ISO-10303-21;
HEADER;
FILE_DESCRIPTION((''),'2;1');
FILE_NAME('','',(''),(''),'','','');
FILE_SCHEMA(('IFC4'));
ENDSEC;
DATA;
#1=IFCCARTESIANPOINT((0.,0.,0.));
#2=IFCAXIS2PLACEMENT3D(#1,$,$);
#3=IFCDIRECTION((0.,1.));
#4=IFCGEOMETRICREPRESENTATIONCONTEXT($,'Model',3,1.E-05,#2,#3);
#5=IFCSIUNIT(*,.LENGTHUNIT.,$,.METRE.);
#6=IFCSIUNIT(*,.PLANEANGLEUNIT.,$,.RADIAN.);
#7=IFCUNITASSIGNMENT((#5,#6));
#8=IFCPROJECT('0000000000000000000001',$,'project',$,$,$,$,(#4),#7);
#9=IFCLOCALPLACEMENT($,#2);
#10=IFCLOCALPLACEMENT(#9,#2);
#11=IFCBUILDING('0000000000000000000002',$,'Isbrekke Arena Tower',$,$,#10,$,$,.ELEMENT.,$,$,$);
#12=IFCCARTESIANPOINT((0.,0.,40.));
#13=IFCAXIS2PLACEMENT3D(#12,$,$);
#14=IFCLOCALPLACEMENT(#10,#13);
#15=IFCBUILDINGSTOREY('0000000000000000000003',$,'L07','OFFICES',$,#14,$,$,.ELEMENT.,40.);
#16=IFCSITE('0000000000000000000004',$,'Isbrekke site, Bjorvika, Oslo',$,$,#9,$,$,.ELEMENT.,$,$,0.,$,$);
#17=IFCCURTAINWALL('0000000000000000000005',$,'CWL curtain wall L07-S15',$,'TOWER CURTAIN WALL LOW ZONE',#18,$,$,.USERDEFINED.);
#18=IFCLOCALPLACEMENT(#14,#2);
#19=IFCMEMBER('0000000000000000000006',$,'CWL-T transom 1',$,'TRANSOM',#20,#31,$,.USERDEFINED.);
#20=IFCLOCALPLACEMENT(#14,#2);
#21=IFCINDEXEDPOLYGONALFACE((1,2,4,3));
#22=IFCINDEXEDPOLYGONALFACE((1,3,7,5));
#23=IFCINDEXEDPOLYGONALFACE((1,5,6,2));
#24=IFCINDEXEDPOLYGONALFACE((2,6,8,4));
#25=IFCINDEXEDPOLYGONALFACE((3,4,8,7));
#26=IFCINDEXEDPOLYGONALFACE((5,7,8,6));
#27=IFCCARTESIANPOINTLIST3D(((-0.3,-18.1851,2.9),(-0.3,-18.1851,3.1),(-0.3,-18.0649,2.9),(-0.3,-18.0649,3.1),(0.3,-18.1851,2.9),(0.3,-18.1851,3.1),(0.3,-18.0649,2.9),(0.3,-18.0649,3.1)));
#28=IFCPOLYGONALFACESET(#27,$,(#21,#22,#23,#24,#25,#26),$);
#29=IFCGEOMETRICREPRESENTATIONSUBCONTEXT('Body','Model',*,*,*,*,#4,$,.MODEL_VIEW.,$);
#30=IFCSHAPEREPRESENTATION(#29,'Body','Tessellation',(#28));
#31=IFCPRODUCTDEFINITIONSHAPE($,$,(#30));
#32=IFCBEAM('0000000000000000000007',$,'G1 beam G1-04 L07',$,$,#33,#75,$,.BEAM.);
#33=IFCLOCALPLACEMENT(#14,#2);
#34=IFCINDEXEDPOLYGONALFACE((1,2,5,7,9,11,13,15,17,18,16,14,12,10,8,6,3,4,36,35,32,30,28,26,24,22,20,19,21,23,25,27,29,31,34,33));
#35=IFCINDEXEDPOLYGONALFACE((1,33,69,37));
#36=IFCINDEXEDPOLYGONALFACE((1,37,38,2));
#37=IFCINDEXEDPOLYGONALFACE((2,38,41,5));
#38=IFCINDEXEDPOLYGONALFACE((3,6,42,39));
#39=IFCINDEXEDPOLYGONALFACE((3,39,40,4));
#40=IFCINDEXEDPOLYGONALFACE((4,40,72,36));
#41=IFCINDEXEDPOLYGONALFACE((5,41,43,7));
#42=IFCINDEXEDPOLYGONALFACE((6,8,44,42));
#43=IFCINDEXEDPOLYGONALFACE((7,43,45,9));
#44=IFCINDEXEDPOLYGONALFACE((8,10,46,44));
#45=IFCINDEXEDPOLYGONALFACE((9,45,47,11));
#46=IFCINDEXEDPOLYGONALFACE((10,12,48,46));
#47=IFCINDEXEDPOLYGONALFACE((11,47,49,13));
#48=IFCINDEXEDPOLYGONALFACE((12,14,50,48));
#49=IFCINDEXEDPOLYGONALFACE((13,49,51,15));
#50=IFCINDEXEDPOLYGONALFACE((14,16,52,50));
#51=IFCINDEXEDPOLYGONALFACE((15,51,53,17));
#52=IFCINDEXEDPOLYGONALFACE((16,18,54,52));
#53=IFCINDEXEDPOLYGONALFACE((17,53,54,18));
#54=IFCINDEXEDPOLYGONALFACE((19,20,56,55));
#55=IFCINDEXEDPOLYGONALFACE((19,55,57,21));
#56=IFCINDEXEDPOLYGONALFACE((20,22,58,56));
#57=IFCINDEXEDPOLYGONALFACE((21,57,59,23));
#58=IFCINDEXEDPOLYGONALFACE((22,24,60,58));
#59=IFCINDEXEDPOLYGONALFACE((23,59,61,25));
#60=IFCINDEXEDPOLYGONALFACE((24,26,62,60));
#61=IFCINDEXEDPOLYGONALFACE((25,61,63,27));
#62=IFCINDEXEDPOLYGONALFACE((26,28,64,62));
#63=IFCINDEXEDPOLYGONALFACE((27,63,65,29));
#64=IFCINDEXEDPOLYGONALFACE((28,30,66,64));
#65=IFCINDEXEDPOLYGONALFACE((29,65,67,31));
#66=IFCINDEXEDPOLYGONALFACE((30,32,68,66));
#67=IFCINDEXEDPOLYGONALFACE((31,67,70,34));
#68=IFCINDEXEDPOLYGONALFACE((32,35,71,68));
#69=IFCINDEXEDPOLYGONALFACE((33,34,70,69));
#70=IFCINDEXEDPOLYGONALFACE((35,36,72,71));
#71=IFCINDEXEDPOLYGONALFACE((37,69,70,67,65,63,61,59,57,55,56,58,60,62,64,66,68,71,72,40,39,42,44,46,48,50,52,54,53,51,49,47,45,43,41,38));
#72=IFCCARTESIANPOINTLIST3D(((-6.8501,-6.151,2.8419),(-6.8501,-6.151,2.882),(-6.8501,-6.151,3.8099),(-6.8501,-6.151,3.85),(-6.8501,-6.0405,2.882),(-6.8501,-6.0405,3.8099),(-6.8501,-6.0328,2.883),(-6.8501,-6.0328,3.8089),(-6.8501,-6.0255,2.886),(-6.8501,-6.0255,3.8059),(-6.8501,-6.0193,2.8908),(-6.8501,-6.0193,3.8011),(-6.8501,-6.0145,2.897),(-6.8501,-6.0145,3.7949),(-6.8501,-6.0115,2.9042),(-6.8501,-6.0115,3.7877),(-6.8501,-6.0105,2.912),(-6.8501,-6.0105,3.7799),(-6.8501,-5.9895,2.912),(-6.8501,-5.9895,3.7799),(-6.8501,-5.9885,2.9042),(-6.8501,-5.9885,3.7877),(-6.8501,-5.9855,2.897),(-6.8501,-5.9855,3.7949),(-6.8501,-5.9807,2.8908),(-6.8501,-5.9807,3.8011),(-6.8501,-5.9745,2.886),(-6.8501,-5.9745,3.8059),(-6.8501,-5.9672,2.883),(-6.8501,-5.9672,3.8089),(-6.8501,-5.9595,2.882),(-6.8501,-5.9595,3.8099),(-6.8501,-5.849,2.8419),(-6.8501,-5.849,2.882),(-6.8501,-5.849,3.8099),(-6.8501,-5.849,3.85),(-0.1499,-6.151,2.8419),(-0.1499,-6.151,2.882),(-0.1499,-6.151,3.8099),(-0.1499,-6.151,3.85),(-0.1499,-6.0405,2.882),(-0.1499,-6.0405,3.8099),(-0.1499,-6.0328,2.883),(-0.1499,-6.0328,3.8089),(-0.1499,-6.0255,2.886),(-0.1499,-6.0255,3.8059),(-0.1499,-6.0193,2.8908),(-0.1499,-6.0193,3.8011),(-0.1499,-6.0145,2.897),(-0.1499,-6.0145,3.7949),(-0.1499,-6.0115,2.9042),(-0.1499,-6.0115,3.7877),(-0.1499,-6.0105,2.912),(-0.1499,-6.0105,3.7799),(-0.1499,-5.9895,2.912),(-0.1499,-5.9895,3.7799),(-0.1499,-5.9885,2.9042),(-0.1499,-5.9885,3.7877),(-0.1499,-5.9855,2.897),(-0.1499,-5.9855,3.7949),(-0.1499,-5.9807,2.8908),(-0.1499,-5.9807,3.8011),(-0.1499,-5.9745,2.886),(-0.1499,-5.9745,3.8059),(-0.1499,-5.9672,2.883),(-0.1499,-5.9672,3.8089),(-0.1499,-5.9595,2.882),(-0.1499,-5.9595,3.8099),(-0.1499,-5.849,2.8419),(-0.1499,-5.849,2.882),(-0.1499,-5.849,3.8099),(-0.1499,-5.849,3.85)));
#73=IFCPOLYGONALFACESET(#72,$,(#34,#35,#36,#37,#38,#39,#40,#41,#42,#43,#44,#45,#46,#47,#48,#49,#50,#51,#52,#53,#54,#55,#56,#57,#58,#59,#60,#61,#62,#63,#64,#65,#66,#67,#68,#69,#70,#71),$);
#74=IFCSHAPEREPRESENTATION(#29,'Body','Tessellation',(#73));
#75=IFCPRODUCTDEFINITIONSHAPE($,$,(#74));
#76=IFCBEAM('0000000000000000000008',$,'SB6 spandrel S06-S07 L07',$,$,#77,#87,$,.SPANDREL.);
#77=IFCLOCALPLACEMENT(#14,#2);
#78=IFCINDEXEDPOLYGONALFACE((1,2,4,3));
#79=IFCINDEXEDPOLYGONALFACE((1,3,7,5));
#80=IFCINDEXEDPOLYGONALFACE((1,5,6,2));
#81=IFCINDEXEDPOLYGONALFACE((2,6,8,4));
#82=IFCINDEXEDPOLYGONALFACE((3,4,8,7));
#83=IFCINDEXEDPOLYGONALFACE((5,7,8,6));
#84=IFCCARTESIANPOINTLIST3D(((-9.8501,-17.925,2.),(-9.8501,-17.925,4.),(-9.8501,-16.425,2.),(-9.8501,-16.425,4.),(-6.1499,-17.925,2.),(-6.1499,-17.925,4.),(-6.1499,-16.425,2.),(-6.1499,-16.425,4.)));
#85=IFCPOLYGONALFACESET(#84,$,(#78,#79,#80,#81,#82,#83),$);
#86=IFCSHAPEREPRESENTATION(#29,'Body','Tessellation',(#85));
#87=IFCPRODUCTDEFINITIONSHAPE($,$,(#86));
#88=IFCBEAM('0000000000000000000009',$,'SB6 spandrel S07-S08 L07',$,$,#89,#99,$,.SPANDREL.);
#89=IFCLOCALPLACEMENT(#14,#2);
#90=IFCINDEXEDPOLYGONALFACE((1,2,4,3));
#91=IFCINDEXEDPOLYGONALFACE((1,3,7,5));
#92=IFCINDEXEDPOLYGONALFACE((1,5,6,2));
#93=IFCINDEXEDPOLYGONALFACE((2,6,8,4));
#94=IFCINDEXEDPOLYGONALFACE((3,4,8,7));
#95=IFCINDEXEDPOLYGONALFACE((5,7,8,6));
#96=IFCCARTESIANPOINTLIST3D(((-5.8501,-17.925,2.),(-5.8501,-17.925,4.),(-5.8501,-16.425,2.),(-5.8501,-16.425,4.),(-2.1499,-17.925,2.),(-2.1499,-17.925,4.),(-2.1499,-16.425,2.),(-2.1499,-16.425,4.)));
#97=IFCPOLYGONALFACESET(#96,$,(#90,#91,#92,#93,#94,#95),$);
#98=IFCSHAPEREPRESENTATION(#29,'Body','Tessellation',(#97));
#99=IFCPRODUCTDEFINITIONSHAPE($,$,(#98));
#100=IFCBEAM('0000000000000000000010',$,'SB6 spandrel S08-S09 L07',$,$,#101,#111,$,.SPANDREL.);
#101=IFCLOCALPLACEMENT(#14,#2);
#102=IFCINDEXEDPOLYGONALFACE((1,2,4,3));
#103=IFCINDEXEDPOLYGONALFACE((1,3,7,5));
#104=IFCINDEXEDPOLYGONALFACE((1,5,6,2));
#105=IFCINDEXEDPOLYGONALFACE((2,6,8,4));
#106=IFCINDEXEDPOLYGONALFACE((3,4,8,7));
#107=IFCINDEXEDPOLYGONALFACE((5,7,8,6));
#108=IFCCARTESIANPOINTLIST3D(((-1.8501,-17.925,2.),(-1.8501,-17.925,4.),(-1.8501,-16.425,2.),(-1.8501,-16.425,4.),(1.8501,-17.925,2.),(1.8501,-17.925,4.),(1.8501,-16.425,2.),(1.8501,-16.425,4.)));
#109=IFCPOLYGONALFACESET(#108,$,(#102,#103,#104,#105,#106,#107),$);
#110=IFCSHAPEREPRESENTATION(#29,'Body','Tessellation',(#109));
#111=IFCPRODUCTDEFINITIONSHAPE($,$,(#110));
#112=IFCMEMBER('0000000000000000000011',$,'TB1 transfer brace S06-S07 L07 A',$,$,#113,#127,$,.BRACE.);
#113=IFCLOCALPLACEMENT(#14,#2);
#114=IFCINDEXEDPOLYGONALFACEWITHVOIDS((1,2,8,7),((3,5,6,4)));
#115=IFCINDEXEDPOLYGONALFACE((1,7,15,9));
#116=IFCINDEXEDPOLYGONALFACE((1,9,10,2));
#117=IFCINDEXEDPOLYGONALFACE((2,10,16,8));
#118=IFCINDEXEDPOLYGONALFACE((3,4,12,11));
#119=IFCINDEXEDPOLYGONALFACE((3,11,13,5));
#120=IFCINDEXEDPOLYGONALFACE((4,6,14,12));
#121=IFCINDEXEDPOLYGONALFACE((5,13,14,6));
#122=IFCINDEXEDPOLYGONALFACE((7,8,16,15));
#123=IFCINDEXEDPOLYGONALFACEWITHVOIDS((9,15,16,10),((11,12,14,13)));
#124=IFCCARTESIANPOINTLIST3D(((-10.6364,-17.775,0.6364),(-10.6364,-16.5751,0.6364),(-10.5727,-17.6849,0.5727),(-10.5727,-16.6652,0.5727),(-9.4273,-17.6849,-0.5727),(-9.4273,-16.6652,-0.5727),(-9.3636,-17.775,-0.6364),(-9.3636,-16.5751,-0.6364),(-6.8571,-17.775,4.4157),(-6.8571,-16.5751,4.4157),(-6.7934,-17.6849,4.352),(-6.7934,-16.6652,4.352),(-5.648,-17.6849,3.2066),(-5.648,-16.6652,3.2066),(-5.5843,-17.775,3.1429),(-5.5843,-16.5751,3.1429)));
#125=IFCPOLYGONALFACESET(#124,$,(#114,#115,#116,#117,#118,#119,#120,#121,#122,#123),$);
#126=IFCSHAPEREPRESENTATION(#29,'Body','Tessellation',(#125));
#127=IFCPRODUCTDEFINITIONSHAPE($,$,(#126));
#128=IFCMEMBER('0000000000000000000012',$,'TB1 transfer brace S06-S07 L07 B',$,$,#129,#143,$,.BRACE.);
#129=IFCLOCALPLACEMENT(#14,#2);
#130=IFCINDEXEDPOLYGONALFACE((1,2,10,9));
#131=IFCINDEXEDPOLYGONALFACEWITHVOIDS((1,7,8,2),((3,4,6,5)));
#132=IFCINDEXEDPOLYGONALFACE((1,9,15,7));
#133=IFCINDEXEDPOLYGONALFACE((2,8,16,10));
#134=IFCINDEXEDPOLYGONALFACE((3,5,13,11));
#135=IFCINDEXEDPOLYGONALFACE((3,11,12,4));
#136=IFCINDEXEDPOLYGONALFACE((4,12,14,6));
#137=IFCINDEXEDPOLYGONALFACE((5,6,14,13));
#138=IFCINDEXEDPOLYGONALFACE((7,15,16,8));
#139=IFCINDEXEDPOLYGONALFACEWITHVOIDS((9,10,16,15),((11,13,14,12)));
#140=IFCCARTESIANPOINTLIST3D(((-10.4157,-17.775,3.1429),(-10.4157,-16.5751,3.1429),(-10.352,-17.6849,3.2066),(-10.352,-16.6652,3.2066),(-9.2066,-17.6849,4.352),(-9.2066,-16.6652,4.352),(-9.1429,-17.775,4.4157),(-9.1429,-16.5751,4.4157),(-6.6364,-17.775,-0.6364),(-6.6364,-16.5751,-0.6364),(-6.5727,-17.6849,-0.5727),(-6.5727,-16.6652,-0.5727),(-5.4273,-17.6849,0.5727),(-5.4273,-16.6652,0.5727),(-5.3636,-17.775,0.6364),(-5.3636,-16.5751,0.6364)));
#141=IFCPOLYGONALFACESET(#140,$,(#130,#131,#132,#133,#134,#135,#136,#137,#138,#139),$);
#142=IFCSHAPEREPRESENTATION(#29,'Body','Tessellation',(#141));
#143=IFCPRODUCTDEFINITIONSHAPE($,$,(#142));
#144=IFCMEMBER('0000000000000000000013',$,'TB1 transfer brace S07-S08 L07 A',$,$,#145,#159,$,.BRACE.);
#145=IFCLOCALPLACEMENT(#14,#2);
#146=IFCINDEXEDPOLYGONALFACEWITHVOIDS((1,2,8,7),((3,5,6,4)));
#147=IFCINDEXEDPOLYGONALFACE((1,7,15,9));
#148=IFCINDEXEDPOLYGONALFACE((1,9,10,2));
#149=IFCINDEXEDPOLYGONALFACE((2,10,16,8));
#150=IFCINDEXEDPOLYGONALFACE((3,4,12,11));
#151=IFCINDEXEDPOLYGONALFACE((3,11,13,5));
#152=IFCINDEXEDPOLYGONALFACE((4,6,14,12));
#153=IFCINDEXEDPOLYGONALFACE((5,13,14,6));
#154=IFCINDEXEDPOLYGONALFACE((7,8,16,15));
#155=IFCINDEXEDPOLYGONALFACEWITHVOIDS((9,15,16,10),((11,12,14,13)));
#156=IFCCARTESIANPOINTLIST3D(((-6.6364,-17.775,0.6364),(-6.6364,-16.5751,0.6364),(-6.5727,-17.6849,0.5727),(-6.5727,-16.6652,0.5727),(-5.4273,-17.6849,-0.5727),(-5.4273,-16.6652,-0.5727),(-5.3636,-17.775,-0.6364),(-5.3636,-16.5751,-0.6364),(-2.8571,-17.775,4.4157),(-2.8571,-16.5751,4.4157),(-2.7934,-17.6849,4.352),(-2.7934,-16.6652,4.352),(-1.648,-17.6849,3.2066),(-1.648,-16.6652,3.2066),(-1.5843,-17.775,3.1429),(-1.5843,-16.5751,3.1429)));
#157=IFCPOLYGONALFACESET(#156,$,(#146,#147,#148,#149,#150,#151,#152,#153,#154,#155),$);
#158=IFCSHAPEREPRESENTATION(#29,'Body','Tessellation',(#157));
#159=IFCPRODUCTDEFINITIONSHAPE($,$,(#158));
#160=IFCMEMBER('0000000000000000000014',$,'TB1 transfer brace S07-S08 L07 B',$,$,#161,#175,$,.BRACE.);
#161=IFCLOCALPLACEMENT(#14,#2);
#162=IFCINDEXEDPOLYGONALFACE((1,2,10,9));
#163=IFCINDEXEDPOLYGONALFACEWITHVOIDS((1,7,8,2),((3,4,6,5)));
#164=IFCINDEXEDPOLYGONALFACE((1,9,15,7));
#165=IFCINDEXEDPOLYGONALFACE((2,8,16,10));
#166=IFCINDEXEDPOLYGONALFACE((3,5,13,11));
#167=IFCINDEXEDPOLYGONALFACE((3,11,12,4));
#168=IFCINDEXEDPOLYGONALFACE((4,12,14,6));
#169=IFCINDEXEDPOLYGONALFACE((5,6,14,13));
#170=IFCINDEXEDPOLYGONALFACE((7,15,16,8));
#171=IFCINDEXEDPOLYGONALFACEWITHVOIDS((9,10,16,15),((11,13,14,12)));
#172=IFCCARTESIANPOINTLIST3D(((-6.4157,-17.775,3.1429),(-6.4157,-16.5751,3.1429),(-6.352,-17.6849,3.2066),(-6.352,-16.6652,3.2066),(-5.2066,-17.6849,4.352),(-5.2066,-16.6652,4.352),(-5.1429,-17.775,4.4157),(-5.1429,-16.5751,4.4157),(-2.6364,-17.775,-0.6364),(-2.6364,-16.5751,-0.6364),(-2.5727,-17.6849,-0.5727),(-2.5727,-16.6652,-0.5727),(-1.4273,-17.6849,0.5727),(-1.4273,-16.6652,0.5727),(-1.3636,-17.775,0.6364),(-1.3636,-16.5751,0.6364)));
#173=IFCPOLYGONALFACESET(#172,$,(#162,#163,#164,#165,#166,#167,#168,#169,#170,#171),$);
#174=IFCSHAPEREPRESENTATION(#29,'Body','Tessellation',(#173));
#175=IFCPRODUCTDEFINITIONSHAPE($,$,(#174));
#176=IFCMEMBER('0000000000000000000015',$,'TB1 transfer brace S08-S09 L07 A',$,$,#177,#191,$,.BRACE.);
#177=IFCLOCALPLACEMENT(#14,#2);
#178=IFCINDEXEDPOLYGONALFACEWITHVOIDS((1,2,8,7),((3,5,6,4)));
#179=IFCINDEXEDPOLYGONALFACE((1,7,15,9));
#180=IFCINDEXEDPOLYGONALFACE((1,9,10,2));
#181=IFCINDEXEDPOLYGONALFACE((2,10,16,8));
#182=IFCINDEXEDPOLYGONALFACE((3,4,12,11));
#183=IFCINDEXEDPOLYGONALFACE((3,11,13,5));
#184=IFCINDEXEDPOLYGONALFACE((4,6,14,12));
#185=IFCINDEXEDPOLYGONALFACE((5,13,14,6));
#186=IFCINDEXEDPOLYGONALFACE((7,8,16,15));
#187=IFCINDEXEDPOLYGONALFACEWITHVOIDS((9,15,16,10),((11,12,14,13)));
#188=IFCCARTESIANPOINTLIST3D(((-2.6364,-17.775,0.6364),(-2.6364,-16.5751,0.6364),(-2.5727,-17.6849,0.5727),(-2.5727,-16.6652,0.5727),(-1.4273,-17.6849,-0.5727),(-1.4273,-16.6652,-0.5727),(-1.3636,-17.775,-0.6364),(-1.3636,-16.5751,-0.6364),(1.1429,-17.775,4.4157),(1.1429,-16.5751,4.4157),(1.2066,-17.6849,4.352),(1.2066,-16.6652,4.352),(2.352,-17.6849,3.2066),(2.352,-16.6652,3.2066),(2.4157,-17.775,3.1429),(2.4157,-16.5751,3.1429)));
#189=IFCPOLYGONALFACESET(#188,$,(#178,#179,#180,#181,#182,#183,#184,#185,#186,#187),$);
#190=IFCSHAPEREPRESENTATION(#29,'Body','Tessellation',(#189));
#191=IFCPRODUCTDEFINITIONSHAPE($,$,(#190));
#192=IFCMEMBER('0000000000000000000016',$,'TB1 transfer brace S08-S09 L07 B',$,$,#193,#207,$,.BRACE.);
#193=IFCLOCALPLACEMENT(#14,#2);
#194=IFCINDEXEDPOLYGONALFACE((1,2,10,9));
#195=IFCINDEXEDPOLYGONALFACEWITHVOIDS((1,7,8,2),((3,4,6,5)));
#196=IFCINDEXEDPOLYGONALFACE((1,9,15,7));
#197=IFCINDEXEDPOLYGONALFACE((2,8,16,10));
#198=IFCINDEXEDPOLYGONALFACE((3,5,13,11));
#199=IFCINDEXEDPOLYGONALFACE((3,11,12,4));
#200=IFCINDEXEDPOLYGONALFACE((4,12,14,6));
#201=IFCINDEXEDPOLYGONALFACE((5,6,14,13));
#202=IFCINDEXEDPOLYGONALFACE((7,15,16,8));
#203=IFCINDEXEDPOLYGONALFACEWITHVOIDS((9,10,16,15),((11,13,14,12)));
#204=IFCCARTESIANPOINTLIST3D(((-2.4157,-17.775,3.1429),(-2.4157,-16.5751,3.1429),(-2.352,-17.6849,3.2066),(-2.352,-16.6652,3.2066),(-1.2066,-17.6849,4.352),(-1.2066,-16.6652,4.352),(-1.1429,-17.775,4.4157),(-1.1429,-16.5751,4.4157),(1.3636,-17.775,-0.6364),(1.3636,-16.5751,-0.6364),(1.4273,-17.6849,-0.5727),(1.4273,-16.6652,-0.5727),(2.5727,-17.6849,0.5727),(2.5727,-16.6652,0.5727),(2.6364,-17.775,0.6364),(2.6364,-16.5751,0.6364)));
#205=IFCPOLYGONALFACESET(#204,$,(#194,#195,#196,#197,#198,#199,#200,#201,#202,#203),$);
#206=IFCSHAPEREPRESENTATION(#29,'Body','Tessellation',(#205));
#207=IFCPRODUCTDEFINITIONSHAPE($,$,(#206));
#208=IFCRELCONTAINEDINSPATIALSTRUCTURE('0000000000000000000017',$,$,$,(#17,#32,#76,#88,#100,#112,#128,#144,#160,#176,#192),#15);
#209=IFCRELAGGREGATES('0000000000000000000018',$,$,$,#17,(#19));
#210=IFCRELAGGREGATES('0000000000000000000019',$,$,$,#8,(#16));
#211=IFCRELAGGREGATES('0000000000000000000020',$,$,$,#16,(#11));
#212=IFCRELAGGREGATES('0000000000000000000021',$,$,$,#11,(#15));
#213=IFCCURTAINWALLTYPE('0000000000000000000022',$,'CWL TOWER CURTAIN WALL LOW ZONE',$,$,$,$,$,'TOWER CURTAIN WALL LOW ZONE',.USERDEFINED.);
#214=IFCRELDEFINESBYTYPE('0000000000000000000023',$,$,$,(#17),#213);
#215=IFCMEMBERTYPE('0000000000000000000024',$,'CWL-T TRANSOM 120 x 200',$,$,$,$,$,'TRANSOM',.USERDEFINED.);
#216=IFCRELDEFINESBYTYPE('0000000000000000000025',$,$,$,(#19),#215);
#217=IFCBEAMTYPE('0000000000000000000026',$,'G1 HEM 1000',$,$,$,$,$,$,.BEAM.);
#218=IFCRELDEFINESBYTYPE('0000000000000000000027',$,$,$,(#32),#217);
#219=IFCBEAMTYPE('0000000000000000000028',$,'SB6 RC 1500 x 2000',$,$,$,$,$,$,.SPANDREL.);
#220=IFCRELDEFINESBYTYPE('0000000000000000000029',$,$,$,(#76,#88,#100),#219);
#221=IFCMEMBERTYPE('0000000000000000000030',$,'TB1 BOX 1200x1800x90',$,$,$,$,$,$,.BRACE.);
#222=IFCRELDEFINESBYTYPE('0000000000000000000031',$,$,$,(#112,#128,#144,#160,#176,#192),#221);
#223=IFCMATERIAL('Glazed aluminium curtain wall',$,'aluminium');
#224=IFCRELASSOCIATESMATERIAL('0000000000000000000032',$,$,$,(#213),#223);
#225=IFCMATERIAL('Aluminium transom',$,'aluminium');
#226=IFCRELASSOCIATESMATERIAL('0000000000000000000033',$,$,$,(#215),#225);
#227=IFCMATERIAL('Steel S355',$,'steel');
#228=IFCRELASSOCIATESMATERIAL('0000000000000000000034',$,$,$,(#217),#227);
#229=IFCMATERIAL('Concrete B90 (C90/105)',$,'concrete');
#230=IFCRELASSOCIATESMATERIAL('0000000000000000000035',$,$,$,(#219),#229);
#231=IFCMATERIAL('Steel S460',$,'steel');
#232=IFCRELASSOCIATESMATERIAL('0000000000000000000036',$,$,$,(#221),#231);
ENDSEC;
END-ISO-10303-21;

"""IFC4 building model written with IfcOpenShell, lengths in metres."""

from ifc_helpers import new_model, si_unit, direction, frame, origin, origin_2d, place, context, subcontext, project, spatial, rectangle, hollow_rectangle, i_section, extrude, material, material_profile, profile_set, type_object, element, aggregate, save


model = new_model("IFC4")

# Units and contexts
model_context = context("Model", 3, precision=1e-05, world=origin(), true_north=direction((0.0, 1.0)))
body_context = subcontext(model_context, "Body", "Model", "MODEL_VIEW")
ifc_project = project(units=[si_unit("LENGTHUNIT", "METRE"), si_unit("PLANEANGLEUNIT", "RADIAN")], contexts=[model_context])

# Site, building, storey
site_placement = place(None, origin())
site = spatial("IfcSite", under=ifc_project, at=site_placement, Name="Isbrekke site, Bjorvika, Oslo", CompositionType="ELEMENT", RefElevation=0.0)
building_placement = place(site_placement, origin())
building = spatial("IfcBuilding", under=site, at=building_placement, Name="Isbrekke Arena Tower", CompositionType="ELEMENT")
storey_placement = place(building_placement, frame((0.0, 0.0, 40.0)))
storey = spatial("IfcBuildingStorey", under=building, at=storey_placement, Name="L07", Description="OFFICES", CompositionType="ELEMENT", Elevation=40.0)

# Shared definitions
ifc_material_1 = material(Name="Glazed aluminium curtain wall", Category="aluminium")
curtain_wall_type = type_object("IfcCurtainWallType", Name="CWL TOWER CURTAIN WALL LOW ZONE", ElementType="TOWER CURTAIN WALL LOW ZONE", PredefinedType="USERDEFINED", material=ifc_material_1)

# Curtain wall
curtain_wall_1_placement = place(storey_placement, origin())
curtain_wall_1 = element("IfcCurtainWall", 1, at=curtain_wall_1_placement, inside=storey, type_object=curtain_wall_type, Name="CWL curtain wall L07-S15", ObjectType="TOWER CURTAIN WALL LOW ZONE", PredefinedType="USERDEFINED")

# Member
ifc_material_2 = material(Name="Aluminium transom", Category="aluminium")
ifc_material_profile_1 = material_profile(ifc_material_2, rectangle(XDim=0.1201, YDim=0.2, at=origin_2d()), Name="TRANSOM 120X200")
ifc_profile_set_1 = profile_set([ifc_material_profile_1], Name="Aluminium transom")
member_type_1 = type_object("IfcMemberType", Name="CWL-T TRANSOM 120 x 200", ElementType="TRANSOM", PredefinedType="USERDEFINED", material=ifc_profile_set_1)
member_1_placement = place(storey_placement, frame((-0.3, -18.125, 3.0), z_axis=(1.0, 0.0, 0.0), x_axis=(0.0, 1.0, 0.0)))
member_1 = element("IfcMember", 2, at=member_1_placement, type_object=member_type_1, Name="CWL-T transom 1", ObjectType="TRANSOM", PredefinedType="USERDEFINED", context=body_context, shape_type="SweptSolid", body=[
    extrude(rectangle(XDim=0.1201, YDim=0.2, at=origin_2d()), origin(), (0.0, 0.0, 1.0), 0.6001),
])
aggregate(curtain_wall_1, [member_1])

# Beams
ifc_material_3 = material(Name="Steel S355", Category="steel")
ifc_material_profile_2 = material_profile(ifc_material_3, i_section(OverallWidth=0.302, OverallDepth=1.0081, WebThickness=0.021, FlangeThickness=0.04, FilletRadius=0.03, at=origin_2d()), Name="HEM 1000")
ifc_profile_set_2 = profile_set([ifc_material_profile_2], Name="Steel S355")
beam_type_1 = type_object("IfcBeamType", Name="G1 HEM 1000", PredefinedType="BEAM", material=ifc_profile_set_2)
beam_1_placement = place(storey_placement, frame((-6.8501, -6.0, 3.3459), z_axis=(1.0, 0.0, 0.0), x_axis=(0.0, 1.0, 0.0)))
element("IfcBeam", 3, at=beam_1_placement, inside=storey, type_object=beam_type_1, Name="G1 beam G1-04 L07", PredefinedType="BEAM", context=body_context, shape_type="SweptSolid", body=[
    extrude(i_section(OverallWidth=0.302, OverallDepth=1.0081, WebThickness=0.021, FlangeThickness=0.04, FilletRadius=0.03, at=origin_2d()), origin(), (0.0, 0.0, 1.0), 6.7002),
])
ifc_material_4 = material(Name="Concrete B90 (C90/105)", Category="concrete")
ifc_material_profile_3 = material_profile(ifc_material_4, rectangle(XDim=1.5, YDim=2.0, at=origin_2d()), Name="RC 1500x2000")
ifc_profile_set_3 = profile_set([ifc_material_profile_3], Name="Concrete B90 (C90/105)")
beam_type_2 = type_object("IfcBeamType", Name="SB6 RC 1500 x 2000", PredefinedType="SPANDREL", material=ifc_profile_set_3)
for number, where, z_axis, x_axis, name in (
    (4, (-9.8501, -17.175, 3.0), (1.0, 0.0, 0.0), (0.0, 1.0, 0.0), "SB6 spandrel S06-S07 L07"),
    (5, (-5.8501, -17.175, 3.0), (1.0, 0.0, 0.0), (0.0, 1.0, 0.0), "SB6 spandrel S07-S08 L07"),
    (6, (-1.8501, -17.175, 3.0), (1.0, 0.0, 0.0), (0.0, 1.0, 0.0), "SB6 spandrel S08-S09 L07"),
):
    element("IfcBeam", number, at=place(storey_placement, frame(where, z_axis=z_axis, x_axis=x_axis)), inside=storey, type_object=beam_type_2, Name=name, PredefinedType="SPANDREL", context=body_context, shape_type="SweptSolid", body=[
        extrude(rectangle(XDim=1.5, YDim=2.0, at=origin_2d()), origin(), (0.0, 0.0, 1.0), 3.7002),
    ])

# Members
ifc_material_5 = material(Name="Steel S460", Category="steel")
ifc_material_profile_4 = material_profile(ifc_material_5, hollow_rectangle(XDim=1.2, YDim=1.8, WallThickness=0.0901, at=origin_2d()), Name="BOX 1200x1800x90")
ifc_profile_set_4 = profile_set([ifc_material_profile_4], Name="Steel S460")
member_type_2 = type_object("IfcMemberType", Name="TB1 BOX 1200x1800x90", PredefinedType="BRACE", material=ifc_profile_set_4)
for number, where, z_axis, x_axis, name in (
    (7, (-10.0, -17.175, 0.0), (0.707107, 0.0, 0.707107), (0.0, 1.0, 0.0), "TB1 transfer brace S06-S07 L07 A"),
    (8, (-9.7793, -17.175, 3.7793), (0.707107, 0.0, -0.707107), (0.0, 1.0, 0.0), "TB1 transfer brace S06-S07 L07 B"),
    (9, (-6.0, -17.175, 0.0), (0.707107, 0.0, 0.707107), (0.0, 1.0, 0.0), "TB1 transfer brace S07-S08 L07 A"),
    (10, (-5.7793, -17.175, 3.7793), (0.707107, 0.0, -0.707107), (0.0, 1.0, 0.0), "TB1 transfer brace S07-S08 L07 B"),
    (11, (-2.0, -17.175, 0.0), (0.707107, 0.0, 0.707107), (0.0, 1.0, 0.0), "TB1 transfer brace S08-S09 L07 A"),
    (12, (-1.7793, -17.175, 3.7793), (0.707107, 0.0, -0.707107), (0.0, 1.0, 0.0), "TB1 transfer brace S08-S09 L07 B"),
):
    element("IfcMember", number, at=place(storey_placement, frame(where, z_axis=z_axis, x_axis=x_axis)), inside=storey, type_object=member_type_2, Name=name, PredefinedType="BRACE", context=body_context, shape_type="SweptSolid", body=[
        extrude(hollow_rectangle(XDim=1.2, YDim=1.8, WallThickness=0.0901, at=origin_2d()), origin(), (0.0, 0.0, 1.0), 5.3447),
    ])

save(model, "model.ifc")
